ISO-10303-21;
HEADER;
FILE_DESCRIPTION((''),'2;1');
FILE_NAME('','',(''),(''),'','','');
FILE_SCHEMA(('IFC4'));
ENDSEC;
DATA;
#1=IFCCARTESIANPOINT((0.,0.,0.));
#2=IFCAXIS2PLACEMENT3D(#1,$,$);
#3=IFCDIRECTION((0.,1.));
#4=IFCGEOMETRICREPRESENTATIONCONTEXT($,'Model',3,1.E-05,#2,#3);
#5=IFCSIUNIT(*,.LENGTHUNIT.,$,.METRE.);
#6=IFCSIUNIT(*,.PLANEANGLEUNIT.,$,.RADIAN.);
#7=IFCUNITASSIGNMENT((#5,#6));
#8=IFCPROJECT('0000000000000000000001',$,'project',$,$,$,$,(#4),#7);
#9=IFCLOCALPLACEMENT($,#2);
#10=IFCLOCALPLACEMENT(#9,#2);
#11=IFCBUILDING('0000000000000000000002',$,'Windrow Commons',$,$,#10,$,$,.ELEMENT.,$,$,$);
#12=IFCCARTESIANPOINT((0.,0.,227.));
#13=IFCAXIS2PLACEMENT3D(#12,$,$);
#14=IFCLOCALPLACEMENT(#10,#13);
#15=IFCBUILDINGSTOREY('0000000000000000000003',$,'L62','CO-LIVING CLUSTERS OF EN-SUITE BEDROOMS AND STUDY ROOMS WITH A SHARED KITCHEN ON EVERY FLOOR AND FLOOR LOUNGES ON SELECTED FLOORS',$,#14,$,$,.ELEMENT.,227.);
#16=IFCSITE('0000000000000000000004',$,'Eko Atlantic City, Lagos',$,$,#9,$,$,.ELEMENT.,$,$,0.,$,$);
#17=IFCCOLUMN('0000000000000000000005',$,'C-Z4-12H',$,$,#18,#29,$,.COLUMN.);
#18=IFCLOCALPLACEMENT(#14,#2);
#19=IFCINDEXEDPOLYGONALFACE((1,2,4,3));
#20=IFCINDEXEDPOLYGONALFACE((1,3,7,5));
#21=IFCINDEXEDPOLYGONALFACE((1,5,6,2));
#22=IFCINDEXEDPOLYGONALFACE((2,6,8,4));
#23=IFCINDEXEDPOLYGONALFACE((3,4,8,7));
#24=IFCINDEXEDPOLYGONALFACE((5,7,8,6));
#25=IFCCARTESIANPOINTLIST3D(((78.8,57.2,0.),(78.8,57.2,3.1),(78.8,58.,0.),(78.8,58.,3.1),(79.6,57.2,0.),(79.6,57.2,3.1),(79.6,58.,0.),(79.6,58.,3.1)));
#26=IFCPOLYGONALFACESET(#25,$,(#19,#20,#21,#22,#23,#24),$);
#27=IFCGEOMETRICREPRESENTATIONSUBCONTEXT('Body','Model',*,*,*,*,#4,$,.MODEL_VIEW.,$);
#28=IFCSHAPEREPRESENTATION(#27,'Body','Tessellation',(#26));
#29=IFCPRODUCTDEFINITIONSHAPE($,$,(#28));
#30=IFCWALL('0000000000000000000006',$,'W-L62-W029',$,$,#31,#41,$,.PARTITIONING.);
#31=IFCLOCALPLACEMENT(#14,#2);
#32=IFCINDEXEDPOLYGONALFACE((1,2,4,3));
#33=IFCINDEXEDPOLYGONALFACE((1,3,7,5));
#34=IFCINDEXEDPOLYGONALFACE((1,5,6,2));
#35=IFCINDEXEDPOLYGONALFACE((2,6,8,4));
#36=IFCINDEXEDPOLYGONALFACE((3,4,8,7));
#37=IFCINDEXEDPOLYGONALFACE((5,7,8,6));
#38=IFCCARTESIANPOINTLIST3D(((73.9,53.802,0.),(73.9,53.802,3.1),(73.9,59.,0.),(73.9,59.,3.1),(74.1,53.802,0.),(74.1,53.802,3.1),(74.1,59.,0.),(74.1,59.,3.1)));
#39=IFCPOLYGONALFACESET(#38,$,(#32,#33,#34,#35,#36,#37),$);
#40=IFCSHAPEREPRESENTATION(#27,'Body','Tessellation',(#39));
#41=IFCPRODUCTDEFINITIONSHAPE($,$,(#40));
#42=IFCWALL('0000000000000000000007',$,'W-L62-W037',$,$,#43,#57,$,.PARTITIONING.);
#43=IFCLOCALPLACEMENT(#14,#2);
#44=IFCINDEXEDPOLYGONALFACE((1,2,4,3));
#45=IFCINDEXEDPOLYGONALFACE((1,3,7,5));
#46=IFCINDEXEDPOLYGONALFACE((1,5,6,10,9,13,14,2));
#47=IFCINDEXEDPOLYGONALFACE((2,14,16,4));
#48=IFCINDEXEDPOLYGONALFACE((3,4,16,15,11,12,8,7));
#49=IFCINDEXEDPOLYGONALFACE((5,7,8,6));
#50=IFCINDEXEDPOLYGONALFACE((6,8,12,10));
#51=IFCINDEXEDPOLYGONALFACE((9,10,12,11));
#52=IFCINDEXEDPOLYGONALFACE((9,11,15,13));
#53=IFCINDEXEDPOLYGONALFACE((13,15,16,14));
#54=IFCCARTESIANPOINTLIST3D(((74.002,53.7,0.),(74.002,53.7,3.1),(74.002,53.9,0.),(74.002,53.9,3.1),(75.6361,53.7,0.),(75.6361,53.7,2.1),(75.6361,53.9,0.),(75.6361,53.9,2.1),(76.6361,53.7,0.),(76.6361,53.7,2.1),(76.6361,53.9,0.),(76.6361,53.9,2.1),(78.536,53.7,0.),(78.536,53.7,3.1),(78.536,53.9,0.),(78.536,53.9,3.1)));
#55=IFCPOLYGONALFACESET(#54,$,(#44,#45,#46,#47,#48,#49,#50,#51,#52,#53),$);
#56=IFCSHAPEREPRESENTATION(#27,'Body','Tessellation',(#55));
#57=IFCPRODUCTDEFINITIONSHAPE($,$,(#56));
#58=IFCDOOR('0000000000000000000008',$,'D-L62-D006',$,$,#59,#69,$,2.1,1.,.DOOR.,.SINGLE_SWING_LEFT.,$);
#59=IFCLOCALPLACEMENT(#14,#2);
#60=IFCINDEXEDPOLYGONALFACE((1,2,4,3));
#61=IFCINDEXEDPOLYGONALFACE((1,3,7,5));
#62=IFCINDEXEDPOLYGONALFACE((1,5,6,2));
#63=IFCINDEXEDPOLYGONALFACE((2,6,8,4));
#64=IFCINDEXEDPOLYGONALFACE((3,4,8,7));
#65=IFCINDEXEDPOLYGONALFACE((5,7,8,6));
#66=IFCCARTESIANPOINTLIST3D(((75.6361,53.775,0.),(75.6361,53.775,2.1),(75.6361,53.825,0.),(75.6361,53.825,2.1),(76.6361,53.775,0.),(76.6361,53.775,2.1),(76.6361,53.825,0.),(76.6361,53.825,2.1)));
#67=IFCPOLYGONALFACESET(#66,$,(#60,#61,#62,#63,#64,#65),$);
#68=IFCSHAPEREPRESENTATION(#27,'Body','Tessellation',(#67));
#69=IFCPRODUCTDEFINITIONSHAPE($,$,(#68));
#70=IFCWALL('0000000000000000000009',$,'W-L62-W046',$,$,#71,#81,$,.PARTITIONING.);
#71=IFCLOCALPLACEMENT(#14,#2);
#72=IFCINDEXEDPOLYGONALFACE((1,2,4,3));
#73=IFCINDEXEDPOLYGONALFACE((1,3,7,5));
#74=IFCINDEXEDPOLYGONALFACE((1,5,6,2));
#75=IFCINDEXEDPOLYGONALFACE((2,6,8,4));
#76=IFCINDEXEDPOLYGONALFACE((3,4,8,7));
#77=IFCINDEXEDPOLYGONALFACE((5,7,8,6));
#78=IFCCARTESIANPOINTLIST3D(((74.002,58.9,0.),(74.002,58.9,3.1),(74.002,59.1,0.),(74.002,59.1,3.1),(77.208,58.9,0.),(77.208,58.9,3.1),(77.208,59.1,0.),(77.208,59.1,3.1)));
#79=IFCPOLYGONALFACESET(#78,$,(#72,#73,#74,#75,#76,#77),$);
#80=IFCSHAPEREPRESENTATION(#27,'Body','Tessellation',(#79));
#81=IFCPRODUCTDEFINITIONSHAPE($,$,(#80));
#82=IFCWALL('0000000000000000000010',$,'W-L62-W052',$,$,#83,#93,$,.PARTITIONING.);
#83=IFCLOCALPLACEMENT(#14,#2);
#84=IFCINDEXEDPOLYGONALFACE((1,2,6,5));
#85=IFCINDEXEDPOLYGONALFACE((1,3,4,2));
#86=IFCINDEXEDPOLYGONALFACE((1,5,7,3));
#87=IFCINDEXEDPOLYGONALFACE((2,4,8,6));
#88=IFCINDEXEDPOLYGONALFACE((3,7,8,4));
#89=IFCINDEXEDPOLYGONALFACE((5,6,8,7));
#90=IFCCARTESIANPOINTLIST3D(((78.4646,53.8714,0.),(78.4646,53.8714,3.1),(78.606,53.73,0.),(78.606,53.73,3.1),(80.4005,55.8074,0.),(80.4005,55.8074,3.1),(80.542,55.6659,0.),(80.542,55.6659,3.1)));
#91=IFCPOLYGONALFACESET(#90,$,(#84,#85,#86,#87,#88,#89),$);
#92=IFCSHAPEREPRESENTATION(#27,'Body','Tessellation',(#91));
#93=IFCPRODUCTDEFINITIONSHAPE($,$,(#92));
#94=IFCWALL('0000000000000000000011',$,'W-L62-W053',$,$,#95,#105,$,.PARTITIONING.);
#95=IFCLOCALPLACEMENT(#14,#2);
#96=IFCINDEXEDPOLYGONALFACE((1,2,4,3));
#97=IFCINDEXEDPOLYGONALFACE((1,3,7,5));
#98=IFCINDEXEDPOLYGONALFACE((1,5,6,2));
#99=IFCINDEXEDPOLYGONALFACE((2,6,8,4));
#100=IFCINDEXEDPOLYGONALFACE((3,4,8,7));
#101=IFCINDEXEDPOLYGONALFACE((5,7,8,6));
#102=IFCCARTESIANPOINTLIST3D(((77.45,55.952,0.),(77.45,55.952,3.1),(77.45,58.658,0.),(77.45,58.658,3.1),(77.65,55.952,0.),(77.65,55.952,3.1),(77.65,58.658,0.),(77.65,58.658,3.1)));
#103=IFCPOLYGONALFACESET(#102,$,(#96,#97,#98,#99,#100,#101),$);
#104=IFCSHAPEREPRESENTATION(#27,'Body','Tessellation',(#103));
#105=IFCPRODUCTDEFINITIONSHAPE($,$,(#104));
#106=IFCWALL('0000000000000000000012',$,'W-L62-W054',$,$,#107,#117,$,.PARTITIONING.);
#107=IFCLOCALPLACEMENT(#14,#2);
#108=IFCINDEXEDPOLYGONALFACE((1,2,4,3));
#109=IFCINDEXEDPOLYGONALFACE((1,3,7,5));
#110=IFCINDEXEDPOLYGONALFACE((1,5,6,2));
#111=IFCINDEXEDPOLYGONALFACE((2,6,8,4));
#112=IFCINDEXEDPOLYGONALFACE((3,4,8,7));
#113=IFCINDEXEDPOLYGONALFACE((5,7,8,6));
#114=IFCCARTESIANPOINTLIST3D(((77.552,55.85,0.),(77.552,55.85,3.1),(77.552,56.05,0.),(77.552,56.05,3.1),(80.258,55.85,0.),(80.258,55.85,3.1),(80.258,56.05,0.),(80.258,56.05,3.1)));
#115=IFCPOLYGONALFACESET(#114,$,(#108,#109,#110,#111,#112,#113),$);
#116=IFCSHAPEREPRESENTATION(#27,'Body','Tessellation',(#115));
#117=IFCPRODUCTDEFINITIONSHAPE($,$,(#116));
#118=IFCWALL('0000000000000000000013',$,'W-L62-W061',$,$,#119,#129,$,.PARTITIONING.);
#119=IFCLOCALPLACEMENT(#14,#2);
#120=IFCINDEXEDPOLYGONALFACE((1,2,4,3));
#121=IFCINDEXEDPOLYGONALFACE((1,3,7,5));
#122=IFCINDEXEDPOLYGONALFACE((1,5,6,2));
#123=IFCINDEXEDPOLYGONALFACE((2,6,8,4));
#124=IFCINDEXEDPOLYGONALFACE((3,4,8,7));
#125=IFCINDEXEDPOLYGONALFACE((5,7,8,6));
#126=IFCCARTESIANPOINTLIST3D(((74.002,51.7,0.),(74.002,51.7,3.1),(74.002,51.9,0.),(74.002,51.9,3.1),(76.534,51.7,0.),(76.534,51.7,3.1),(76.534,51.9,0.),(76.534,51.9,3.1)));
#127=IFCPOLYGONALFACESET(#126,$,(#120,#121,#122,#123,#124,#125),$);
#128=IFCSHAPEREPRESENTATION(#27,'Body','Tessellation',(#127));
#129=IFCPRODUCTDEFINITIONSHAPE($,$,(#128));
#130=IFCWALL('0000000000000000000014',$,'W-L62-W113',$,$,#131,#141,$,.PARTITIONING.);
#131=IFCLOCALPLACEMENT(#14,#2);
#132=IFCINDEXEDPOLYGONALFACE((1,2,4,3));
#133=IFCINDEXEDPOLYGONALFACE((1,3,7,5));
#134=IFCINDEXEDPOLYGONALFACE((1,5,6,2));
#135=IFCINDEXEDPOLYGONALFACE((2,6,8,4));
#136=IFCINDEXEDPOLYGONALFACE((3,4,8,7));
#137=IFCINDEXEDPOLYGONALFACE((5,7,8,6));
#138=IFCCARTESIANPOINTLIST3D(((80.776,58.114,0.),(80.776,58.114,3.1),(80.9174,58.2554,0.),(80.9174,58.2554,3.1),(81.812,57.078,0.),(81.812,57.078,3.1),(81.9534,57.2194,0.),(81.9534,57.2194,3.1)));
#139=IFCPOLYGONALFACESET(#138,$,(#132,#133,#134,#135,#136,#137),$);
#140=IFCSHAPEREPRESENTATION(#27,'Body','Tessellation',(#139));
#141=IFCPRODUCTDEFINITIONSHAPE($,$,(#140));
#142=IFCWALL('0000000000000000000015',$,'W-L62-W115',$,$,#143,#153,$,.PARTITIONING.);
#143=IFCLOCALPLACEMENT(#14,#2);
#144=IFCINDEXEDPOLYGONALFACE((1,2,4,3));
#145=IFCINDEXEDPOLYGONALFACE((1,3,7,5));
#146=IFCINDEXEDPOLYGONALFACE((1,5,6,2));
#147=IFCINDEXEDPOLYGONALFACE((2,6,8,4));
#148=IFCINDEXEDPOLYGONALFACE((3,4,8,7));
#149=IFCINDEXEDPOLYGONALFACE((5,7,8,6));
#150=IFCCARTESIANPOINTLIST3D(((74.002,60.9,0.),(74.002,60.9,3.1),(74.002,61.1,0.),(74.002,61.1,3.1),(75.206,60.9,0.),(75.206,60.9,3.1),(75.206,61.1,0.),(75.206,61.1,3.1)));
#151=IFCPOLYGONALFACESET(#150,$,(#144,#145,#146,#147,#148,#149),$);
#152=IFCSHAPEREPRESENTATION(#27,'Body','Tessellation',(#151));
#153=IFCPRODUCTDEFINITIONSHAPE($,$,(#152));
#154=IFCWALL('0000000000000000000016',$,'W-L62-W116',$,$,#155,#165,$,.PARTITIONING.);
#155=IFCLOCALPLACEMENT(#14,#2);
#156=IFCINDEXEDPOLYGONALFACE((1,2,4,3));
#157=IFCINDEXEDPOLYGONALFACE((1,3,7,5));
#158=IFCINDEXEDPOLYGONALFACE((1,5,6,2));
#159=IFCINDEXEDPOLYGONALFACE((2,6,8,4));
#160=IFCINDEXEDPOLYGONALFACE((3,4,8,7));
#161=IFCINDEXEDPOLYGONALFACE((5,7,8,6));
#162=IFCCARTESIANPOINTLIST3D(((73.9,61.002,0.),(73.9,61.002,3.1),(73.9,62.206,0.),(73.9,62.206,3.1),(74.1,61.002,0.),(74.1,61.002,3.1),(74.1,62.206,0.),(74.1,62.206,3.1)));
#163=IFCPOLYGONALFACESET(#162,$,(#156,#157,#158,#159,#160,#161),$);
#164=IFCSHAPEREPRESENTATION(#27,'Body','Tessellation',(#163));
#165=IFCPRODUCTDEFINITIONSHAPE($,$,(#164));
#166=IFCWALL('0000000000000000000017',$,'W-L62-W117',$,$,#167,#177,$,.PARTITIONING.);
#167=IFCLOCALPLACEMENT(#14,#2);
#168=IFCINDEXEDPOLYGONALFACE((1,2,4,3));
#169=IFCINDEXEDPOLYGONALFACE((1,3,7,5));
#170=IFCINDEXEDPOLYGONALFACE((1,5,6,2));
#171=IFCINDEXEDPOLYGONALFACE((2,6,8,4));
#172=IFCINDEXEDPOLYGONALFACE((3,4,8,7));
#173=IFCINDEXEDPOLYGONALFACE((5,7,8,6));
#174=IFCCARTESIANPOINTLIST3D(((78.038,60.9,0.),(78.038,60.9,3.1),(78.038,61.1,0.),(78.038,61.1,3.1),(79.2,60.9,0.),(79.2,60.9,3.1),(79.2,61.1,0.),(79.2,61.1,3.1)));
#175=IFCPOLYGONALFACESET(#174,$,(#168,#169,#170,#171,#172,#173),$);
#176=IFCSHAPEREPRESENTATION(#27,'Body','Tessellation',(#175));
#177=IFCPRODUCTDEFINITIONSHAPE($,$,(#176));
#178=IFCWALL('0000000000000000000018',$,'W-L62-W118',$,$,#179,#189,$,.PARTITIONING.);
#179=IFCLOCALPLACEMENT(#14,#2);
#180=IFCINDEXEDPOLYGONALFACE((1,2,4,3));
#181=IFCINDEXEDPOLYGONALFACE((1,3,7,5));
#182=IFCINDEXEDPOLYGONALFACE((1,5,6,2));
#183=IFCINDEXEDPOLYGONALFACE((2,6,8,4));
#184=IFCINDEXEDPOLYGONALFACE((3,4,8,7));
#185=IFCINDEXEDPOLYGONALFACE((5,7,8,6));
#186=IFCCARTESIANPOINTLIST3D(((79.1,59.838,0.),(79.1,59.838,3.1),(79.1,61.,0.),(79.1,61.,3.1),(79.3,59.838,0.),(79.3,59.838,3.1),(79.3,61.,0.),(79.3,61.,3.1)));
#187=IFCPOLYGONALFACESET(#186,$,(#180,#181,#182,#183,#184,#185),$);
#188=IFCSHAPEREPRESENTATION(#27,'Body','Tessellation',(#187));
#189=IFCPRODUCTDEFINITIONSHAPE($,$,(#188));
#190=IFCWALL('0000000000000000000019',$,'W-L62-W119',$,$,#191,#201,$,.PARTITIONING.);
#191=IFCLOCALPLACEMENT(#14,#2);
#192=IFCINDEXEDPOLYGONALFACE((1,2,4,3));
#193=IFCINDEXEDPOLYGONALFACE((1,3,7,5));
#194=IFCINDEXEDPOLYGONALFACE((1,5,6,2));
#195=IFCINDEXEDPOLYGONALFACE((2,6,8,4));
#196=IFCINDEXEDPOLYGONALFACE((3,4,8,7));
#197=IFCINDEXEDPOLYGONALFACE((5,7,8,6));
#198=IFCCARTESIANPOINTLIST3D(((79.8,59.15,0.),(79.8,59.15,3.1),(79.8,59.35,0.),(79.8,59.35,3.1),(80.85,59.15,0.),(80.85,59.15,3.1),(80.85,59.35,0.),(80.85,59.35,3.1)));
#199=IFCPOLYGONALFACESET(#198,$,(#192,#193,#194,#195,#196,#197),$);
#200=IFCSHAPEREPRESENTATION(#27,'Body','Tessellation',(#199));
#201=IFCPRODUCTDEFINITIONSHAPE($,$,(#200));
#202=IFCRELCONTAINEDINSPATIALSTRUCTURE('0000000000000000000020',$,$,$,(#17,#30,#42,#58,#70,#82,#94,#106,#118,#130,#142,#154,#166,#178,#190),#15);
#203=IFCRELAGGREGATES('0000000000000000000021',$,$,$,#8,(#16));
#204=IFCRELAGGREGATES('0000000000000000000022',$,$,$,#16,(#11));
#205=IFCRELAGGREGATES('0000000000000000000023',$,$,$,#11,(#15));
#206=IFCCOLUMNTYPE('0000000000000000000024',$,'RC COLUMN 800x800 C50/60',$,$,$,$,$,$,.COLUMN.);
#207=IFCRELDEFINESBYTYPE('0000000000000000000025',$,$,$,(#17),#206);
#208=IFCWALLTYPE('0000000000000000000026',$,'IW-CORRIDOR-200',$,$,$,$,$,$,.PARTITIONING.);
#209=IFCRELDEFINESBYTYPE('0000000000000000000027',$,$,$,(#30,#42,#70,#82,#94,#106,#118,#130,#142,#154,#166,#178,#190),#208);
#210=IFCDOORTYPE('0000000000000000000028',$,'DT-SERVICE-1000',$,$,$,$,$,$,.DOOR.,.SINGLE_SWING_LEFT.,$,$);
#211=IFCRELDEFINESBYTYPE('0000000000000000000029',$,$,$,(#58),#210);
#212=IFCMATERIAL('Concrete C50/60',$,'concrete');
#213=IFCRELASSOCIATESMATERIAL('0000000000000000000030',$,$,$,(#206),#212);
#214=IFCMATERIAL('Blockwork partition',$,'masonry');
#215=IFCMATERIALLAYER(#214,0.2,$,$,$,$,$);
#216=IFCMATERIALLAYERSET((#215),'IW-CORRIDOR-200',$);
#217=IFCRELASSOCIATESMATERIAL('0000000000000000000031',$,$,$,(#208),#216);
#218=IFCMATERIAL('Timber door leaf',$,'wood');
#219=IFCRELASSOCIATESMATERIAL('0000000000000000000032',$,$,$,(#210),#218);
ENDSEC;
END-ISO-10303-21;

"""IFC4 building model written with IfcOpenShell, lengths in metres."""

from ifc_helpers import new_model, si_unit, direction, frame, frame_2d, origin, origin_2d, place, context, subcontext, project, spatial, rectangle, extrude, material, layer, layer_set, material_profile, profile_set, type_object, element, fill, save


model = new_model("IFC4")

# Units and contexts
model_context = context("Model", 3, precision=1e-05, world=origin(), true_north=direction((0.0, 1.0)))
body_context = subcontext(model_context, "Body", "Model", "MODEL_VIEW")
ifc_project = project(units=[si_unit("LENGTHUNIT", "METRE"), si_unit("PLANEANGLEUNIT", "RADIAN")], contexts=[model_context])

# Site, building, storey
site_placement = place(None, origin())
site = spatial("IfcSite", under=ifc_project, at=site_placement, Name="Eko Atlantic City, Lagos", CompositionType="ELEMENT", RefElevation=0.0)
building_placement = place(site_placement, origin())
building = spatial("IfcBuilding", under=site, at=building_placement, Name="Windrow Commons", CompositionType="ELEMENT")
storey_placement = place(building_placement, frame((0.0, 0.0, 227.0)))
storey = spatial("IfcBuildingStorey", under=building, at=storey_placement, Name="L62", Description="CO-LIVING CLUSTERS OF EN-SUITE BEDROOMS AND STUDY ROOMS WITH A SHARED KITCHEN ON EVERY FLOOR AND FLOOR LOUNGES ON SELECTED FLOORS", CompositionType="ELEMENT", Elevation=227.0)

# Column
ifc_material_1 = material(Name="Concrete C50/60", Category="concrete")
ifc_material_profile = material_profile(ifc_material_1, rectangle(XDim=0.8, YDim=0.8, at=origin_2d()))
ifc_profile_set = profile_set([ifc_material_profile], Name="Concrete C50/60")
column_type = type_object("IfcColumnType", Name="RC COLUMN 800x800 C50/60", PredefinedType="COLUMN", material=ifc_profile_set)
column_placement = place(storey_placement, frame((79.2, 57.6, 0.0), z_axis=(0.0, 0.0, 1.0), x_axis=(1.0, 0.0, 0.0)))
element("IfcColumn", 1, at=column_placement, inside=storey, type_object=column_type, Name="C-Z4-12H", PredefinedType="COLUMN", context=body_context, shape_type="SweptSolid", body=[
    extrude(rectangle(XDim=0.8, YDim=0.8, at=origin_2d()), origin(), (0.0, 0.0, 1.0), 3.1),
])

# Wall
ifc_material_2 = material(Name="Blockwork partition", Category="masonry")
ifc_layer_1 = layer(ifc_material_2, 0.2)
ifc_layer_set_1 = layer_set([ifc_layer_1], Name="IW-CORRIDOR-200")
wall_type_1 = type_object("IfcWallType", Name="IW-CORRIDOR-200", PredefinedType="PARTITIONING", material=ifc_layer_set_1)
wall_1_placement = place(storey_placement, frame((74.0, 53.802, 0.0), z_axis=(0.0, 0.0, 1.0), x_axis=(0.0, 1.0, 0.0)))
element("IfcWall", 2, at=wall_1_placement, inside=storey, type_object=wall_type_1, Name="W-L62-W029", PredefinedType="PARTITIONING", context=body_context, shape_type="SweptSolid", body=[
    extrude(rectangle(XDim=5.198, YDim=0.2, at=frame_2d((2.599, 0.0))), origin(), (0.0, 0.0, 1.0), 3.1),
])

# Wall, opening, door
wall_2_placement = place(storey_placement, frame((74.002, 53.8, 0.0), z_axis=(0.0, 0.0, 1.0), x_axis=(1.0, 0.0, 0.0)))
wall_2 = element("IfcWall", 3, at=wall_2_placement, inside=storey, type_object=wall_type_1, Name="W-L62-W037", PredefinedType="PARTITIONING", context=body_context, shape_type="SweptSolid", body=[
    extrude(rectangle(XDim=4.534, YDim=0.2, at=frame_2d((2.267, 0.0))), origin(), (0.0, 0.0, 1.0), 3.1),
])
opening_placement = place(wall_2_placement, frame((1.6341, 0.0, 0.0)))
opening = element("IfcOpeningElement", 4, at=opening_placement, cuts=wall_2, PredefinedType="OPENING", context=body_context, shape_type="SweptSolid", body=[
    extrude(rectangle(XDim=1.0, YDim=2.1, at=frame_2d((0.5, 1.05))), frame((0.0, 0.11, 0.0), z_axis=(0.0, -1.0, 0.0), x_axis=(1.0, 0.0, 0.0)), (0.0, 0.0, 1.0), 0.22),
])
ifc_material_3 = material(Name="Timber door leaf", Category="wood")
door_type = type_object("IfcDoorType", Name="DT-SERVICE-1000", OperationType="SINGLE_SWING_LEFT", PredefinedType="DOOR", material=ifc_material_3)
door_placement = place(opening_placement, origin())
door = element("IfcDoor", 5, at=door_placement, inside=storey, type_object=door_type, Name="D-L62-D006", OperationType="SINGLE_SWING_LEFT", OverallHeight=2.1, OverallWidth=1.0, PredefinedType="DOOR", context=body_context, shape_type="SweptSolid", body=[
    extrude(rectangle(XDim=1.0, YDim=2.1, at=frame_2d((0.5, 1.05))), frame((0.0, 0.025, 0.0), z_axis=(0.0, -1.0, 0.0), x_axis=(1.0, 0.0, 0.0)), (0.0, 0.0, 1.0), 0.05),
])
fill(opening, door)

# Walls
wall_3_placement = place(storey_placement, frame((74.002, 59.0, 0.0), z_axis=(0.0, 0.0, 1.0), x_axis=(1.0, 0.0, 0.0)))
element("IfcWall", 6, at=wall_3_placement, inside=storey, type_object=wall_type_1, Name="W-L62-W046", PredefinedType="PARTITIONING", context=body_context, shape_type="SweptSolid", body=[
    extrude(rectangle(XDim=3.206, YDim=0.2, at=frame_2d((1.603, 0.0))), origin(), (0.0, 0.0, 1.0), 3.1),
])
wall_4_placement = place(storey_placement, frame((78.5353, 53.8007, 0.0), z_axis=(0.0, 0.0, 1.0), x_axis=(0.707107, 0.707107, 0.0)))
element("IfcWall", 7, at=wall_4_placement, inside=storey, type_object=wall_type_1, Name="W-L62-W052", PredefinedType="PARTITIONING", context=body_context, shape_type="SweptSolid", body=[
    extrude(rectangle(XDim=2.7379, YDim=0.2, at=frame_2d((1.3689, 0.0))), origin(), (0.0, 0.0, 1.0), 3.1),
])
for number, where, z_axis, x_axis, name in (
    (8, (77.55, 55.952, 0.0), (0.0, 0.0, 1.0), (0.0, 1.0, 0.0), "W-L62-W053"),
    (9, (77.552, 55.95, 0.0), (0.0, 0.0, 1.0), (1.0, 0.0, 0.0), "W-L62-W054"),
):
    element("IfcWall", number, at=place(storey_placement, frame(where, z_axis=z_axis, x_axis=x_axis)), inside=storey, type_object=wall_type_1, Name=name, PredefinedType="PARTITIONING", context=body_context, shape_type="SweptSolid", body=[
        extrude(rectangle(XDim=2.706, YDim=0.2, at=frame_2d((1.353, 0.0))), origin(), (0.0, 0.0, 1.0), 3.1),
    ])
wall_5_placement = place(storey_placement, frame((74.002, 51.8, 0.0), z_axis=(0.0, 0.0, 1.0), x_axis=(1.0, 0.0, 0.0)))
element("IfcWall", 10, at=wall_5_placement, inside=storey, type_object=wall_type_1, Name="W-L62-W061", PredefinedType="PARTITIONING", context=body_context, shape_type="SweptSolid", body=[
    extrude(rectangle(XDim=2.532, YDim=0.2, at=frame_2d((1.266, 0.0))), origin(), (0.0, 0.0, 1.0), 3.1),
])
wall_6_placement = place(storey_placement, frame((80.8467, 58.1847, 0.0), z_axis=(0.0, 0.0, 1.0), x_axis=(0.707107, -0.707107, 0.0)))
element("IfcWall", 11, at=wall_6_placement, inside=storey, type_object=wall_type_1, Name="W-L62-W113", PredefinedType="PARTITIONING", context=body_context, shape_type="SweptSolid", body=[
    extrude(rectangle(XDim=1.4651, YDim=0.2, at=frame_2d((0.7326, 0.0))), origin(), (0.0, 0.0, 1.0), 3.1),
])
for number, where, z_axis, x_axis, name in (
    (12, (74.002, 61.0, 0.0), (0.0, 0.0, 1.0), (1.0, 0.0, 0.0), "W-L62-W115"),
    (13, (74.0, 61.002, 0.0), (0.0, 0.0, 1.0), (0.0, 1.0, 0.0), "W-L62-W116"),
):
    element("IfcWall", number, at=place(storey_placement, frame(where, z_axis=z_axis, x_axis=x_axis)), inside=storey, type_object=wall_type_1, Name=name, PredefinedType="PARTITIONING", context=body_context, shape_type="SweptSolid", body=[
        extrude(rectangle(XDim=1.204, YDim=0.2, at=frame_2d((0.602, 0.0))), origin(), (0.0, 0.0, 1.0), 3.1),
    ])
for number, where, z_axis, x_axis, name in (
    (14, (78.038, 61.0, 0.0), (0.0, 0.0, 1.0), (1.0, 0.0, 0.0), "W-L62-W117"),
    (15, (79.2, 59.838, 0.0), (0.0, 0.0, 1.0), (0.0, 1.0, 0.0), "W-L62-W118"),
):
    element("IfcWall", number, at=place(storey_placement, frame(where, z_axis=z_axis, x_axis=x_axis)), inside=storey, type_object=wall_type_1, Name=name, PredefinedType="PARTITIONING", context=body_context, shape_type="SweptSolid", body=[
        extrude(rectangle(XDim=1.162, YDim=0.2, at=frame_2d((0.581, 0.0))), origin(), (0.0, 0.0, 1.0), 3.1),
    ])
wall_7_placement = place(storey_placement, frame((79.8, 59.25, 0.0), z_axis=(0.0, 0.0, 1.0), x_axis=(1.0, 0.0, 0.0)))
element("IfcWall", 16, at=wall_7_placement, inside=storey, type_object=wall_type_1, Name="W-L62-W119", PredefinedType="PARTITIONING", context=body_context, shape_type="SweptSolid", body=[
    extrude(rectangle(XDim=1.05, YDim=0.2, at=frame_2d((0.525, 0.0))), origin(), (0.0, 0.0, 1.0), 3.1),
])

save(model, "model.ifc")
